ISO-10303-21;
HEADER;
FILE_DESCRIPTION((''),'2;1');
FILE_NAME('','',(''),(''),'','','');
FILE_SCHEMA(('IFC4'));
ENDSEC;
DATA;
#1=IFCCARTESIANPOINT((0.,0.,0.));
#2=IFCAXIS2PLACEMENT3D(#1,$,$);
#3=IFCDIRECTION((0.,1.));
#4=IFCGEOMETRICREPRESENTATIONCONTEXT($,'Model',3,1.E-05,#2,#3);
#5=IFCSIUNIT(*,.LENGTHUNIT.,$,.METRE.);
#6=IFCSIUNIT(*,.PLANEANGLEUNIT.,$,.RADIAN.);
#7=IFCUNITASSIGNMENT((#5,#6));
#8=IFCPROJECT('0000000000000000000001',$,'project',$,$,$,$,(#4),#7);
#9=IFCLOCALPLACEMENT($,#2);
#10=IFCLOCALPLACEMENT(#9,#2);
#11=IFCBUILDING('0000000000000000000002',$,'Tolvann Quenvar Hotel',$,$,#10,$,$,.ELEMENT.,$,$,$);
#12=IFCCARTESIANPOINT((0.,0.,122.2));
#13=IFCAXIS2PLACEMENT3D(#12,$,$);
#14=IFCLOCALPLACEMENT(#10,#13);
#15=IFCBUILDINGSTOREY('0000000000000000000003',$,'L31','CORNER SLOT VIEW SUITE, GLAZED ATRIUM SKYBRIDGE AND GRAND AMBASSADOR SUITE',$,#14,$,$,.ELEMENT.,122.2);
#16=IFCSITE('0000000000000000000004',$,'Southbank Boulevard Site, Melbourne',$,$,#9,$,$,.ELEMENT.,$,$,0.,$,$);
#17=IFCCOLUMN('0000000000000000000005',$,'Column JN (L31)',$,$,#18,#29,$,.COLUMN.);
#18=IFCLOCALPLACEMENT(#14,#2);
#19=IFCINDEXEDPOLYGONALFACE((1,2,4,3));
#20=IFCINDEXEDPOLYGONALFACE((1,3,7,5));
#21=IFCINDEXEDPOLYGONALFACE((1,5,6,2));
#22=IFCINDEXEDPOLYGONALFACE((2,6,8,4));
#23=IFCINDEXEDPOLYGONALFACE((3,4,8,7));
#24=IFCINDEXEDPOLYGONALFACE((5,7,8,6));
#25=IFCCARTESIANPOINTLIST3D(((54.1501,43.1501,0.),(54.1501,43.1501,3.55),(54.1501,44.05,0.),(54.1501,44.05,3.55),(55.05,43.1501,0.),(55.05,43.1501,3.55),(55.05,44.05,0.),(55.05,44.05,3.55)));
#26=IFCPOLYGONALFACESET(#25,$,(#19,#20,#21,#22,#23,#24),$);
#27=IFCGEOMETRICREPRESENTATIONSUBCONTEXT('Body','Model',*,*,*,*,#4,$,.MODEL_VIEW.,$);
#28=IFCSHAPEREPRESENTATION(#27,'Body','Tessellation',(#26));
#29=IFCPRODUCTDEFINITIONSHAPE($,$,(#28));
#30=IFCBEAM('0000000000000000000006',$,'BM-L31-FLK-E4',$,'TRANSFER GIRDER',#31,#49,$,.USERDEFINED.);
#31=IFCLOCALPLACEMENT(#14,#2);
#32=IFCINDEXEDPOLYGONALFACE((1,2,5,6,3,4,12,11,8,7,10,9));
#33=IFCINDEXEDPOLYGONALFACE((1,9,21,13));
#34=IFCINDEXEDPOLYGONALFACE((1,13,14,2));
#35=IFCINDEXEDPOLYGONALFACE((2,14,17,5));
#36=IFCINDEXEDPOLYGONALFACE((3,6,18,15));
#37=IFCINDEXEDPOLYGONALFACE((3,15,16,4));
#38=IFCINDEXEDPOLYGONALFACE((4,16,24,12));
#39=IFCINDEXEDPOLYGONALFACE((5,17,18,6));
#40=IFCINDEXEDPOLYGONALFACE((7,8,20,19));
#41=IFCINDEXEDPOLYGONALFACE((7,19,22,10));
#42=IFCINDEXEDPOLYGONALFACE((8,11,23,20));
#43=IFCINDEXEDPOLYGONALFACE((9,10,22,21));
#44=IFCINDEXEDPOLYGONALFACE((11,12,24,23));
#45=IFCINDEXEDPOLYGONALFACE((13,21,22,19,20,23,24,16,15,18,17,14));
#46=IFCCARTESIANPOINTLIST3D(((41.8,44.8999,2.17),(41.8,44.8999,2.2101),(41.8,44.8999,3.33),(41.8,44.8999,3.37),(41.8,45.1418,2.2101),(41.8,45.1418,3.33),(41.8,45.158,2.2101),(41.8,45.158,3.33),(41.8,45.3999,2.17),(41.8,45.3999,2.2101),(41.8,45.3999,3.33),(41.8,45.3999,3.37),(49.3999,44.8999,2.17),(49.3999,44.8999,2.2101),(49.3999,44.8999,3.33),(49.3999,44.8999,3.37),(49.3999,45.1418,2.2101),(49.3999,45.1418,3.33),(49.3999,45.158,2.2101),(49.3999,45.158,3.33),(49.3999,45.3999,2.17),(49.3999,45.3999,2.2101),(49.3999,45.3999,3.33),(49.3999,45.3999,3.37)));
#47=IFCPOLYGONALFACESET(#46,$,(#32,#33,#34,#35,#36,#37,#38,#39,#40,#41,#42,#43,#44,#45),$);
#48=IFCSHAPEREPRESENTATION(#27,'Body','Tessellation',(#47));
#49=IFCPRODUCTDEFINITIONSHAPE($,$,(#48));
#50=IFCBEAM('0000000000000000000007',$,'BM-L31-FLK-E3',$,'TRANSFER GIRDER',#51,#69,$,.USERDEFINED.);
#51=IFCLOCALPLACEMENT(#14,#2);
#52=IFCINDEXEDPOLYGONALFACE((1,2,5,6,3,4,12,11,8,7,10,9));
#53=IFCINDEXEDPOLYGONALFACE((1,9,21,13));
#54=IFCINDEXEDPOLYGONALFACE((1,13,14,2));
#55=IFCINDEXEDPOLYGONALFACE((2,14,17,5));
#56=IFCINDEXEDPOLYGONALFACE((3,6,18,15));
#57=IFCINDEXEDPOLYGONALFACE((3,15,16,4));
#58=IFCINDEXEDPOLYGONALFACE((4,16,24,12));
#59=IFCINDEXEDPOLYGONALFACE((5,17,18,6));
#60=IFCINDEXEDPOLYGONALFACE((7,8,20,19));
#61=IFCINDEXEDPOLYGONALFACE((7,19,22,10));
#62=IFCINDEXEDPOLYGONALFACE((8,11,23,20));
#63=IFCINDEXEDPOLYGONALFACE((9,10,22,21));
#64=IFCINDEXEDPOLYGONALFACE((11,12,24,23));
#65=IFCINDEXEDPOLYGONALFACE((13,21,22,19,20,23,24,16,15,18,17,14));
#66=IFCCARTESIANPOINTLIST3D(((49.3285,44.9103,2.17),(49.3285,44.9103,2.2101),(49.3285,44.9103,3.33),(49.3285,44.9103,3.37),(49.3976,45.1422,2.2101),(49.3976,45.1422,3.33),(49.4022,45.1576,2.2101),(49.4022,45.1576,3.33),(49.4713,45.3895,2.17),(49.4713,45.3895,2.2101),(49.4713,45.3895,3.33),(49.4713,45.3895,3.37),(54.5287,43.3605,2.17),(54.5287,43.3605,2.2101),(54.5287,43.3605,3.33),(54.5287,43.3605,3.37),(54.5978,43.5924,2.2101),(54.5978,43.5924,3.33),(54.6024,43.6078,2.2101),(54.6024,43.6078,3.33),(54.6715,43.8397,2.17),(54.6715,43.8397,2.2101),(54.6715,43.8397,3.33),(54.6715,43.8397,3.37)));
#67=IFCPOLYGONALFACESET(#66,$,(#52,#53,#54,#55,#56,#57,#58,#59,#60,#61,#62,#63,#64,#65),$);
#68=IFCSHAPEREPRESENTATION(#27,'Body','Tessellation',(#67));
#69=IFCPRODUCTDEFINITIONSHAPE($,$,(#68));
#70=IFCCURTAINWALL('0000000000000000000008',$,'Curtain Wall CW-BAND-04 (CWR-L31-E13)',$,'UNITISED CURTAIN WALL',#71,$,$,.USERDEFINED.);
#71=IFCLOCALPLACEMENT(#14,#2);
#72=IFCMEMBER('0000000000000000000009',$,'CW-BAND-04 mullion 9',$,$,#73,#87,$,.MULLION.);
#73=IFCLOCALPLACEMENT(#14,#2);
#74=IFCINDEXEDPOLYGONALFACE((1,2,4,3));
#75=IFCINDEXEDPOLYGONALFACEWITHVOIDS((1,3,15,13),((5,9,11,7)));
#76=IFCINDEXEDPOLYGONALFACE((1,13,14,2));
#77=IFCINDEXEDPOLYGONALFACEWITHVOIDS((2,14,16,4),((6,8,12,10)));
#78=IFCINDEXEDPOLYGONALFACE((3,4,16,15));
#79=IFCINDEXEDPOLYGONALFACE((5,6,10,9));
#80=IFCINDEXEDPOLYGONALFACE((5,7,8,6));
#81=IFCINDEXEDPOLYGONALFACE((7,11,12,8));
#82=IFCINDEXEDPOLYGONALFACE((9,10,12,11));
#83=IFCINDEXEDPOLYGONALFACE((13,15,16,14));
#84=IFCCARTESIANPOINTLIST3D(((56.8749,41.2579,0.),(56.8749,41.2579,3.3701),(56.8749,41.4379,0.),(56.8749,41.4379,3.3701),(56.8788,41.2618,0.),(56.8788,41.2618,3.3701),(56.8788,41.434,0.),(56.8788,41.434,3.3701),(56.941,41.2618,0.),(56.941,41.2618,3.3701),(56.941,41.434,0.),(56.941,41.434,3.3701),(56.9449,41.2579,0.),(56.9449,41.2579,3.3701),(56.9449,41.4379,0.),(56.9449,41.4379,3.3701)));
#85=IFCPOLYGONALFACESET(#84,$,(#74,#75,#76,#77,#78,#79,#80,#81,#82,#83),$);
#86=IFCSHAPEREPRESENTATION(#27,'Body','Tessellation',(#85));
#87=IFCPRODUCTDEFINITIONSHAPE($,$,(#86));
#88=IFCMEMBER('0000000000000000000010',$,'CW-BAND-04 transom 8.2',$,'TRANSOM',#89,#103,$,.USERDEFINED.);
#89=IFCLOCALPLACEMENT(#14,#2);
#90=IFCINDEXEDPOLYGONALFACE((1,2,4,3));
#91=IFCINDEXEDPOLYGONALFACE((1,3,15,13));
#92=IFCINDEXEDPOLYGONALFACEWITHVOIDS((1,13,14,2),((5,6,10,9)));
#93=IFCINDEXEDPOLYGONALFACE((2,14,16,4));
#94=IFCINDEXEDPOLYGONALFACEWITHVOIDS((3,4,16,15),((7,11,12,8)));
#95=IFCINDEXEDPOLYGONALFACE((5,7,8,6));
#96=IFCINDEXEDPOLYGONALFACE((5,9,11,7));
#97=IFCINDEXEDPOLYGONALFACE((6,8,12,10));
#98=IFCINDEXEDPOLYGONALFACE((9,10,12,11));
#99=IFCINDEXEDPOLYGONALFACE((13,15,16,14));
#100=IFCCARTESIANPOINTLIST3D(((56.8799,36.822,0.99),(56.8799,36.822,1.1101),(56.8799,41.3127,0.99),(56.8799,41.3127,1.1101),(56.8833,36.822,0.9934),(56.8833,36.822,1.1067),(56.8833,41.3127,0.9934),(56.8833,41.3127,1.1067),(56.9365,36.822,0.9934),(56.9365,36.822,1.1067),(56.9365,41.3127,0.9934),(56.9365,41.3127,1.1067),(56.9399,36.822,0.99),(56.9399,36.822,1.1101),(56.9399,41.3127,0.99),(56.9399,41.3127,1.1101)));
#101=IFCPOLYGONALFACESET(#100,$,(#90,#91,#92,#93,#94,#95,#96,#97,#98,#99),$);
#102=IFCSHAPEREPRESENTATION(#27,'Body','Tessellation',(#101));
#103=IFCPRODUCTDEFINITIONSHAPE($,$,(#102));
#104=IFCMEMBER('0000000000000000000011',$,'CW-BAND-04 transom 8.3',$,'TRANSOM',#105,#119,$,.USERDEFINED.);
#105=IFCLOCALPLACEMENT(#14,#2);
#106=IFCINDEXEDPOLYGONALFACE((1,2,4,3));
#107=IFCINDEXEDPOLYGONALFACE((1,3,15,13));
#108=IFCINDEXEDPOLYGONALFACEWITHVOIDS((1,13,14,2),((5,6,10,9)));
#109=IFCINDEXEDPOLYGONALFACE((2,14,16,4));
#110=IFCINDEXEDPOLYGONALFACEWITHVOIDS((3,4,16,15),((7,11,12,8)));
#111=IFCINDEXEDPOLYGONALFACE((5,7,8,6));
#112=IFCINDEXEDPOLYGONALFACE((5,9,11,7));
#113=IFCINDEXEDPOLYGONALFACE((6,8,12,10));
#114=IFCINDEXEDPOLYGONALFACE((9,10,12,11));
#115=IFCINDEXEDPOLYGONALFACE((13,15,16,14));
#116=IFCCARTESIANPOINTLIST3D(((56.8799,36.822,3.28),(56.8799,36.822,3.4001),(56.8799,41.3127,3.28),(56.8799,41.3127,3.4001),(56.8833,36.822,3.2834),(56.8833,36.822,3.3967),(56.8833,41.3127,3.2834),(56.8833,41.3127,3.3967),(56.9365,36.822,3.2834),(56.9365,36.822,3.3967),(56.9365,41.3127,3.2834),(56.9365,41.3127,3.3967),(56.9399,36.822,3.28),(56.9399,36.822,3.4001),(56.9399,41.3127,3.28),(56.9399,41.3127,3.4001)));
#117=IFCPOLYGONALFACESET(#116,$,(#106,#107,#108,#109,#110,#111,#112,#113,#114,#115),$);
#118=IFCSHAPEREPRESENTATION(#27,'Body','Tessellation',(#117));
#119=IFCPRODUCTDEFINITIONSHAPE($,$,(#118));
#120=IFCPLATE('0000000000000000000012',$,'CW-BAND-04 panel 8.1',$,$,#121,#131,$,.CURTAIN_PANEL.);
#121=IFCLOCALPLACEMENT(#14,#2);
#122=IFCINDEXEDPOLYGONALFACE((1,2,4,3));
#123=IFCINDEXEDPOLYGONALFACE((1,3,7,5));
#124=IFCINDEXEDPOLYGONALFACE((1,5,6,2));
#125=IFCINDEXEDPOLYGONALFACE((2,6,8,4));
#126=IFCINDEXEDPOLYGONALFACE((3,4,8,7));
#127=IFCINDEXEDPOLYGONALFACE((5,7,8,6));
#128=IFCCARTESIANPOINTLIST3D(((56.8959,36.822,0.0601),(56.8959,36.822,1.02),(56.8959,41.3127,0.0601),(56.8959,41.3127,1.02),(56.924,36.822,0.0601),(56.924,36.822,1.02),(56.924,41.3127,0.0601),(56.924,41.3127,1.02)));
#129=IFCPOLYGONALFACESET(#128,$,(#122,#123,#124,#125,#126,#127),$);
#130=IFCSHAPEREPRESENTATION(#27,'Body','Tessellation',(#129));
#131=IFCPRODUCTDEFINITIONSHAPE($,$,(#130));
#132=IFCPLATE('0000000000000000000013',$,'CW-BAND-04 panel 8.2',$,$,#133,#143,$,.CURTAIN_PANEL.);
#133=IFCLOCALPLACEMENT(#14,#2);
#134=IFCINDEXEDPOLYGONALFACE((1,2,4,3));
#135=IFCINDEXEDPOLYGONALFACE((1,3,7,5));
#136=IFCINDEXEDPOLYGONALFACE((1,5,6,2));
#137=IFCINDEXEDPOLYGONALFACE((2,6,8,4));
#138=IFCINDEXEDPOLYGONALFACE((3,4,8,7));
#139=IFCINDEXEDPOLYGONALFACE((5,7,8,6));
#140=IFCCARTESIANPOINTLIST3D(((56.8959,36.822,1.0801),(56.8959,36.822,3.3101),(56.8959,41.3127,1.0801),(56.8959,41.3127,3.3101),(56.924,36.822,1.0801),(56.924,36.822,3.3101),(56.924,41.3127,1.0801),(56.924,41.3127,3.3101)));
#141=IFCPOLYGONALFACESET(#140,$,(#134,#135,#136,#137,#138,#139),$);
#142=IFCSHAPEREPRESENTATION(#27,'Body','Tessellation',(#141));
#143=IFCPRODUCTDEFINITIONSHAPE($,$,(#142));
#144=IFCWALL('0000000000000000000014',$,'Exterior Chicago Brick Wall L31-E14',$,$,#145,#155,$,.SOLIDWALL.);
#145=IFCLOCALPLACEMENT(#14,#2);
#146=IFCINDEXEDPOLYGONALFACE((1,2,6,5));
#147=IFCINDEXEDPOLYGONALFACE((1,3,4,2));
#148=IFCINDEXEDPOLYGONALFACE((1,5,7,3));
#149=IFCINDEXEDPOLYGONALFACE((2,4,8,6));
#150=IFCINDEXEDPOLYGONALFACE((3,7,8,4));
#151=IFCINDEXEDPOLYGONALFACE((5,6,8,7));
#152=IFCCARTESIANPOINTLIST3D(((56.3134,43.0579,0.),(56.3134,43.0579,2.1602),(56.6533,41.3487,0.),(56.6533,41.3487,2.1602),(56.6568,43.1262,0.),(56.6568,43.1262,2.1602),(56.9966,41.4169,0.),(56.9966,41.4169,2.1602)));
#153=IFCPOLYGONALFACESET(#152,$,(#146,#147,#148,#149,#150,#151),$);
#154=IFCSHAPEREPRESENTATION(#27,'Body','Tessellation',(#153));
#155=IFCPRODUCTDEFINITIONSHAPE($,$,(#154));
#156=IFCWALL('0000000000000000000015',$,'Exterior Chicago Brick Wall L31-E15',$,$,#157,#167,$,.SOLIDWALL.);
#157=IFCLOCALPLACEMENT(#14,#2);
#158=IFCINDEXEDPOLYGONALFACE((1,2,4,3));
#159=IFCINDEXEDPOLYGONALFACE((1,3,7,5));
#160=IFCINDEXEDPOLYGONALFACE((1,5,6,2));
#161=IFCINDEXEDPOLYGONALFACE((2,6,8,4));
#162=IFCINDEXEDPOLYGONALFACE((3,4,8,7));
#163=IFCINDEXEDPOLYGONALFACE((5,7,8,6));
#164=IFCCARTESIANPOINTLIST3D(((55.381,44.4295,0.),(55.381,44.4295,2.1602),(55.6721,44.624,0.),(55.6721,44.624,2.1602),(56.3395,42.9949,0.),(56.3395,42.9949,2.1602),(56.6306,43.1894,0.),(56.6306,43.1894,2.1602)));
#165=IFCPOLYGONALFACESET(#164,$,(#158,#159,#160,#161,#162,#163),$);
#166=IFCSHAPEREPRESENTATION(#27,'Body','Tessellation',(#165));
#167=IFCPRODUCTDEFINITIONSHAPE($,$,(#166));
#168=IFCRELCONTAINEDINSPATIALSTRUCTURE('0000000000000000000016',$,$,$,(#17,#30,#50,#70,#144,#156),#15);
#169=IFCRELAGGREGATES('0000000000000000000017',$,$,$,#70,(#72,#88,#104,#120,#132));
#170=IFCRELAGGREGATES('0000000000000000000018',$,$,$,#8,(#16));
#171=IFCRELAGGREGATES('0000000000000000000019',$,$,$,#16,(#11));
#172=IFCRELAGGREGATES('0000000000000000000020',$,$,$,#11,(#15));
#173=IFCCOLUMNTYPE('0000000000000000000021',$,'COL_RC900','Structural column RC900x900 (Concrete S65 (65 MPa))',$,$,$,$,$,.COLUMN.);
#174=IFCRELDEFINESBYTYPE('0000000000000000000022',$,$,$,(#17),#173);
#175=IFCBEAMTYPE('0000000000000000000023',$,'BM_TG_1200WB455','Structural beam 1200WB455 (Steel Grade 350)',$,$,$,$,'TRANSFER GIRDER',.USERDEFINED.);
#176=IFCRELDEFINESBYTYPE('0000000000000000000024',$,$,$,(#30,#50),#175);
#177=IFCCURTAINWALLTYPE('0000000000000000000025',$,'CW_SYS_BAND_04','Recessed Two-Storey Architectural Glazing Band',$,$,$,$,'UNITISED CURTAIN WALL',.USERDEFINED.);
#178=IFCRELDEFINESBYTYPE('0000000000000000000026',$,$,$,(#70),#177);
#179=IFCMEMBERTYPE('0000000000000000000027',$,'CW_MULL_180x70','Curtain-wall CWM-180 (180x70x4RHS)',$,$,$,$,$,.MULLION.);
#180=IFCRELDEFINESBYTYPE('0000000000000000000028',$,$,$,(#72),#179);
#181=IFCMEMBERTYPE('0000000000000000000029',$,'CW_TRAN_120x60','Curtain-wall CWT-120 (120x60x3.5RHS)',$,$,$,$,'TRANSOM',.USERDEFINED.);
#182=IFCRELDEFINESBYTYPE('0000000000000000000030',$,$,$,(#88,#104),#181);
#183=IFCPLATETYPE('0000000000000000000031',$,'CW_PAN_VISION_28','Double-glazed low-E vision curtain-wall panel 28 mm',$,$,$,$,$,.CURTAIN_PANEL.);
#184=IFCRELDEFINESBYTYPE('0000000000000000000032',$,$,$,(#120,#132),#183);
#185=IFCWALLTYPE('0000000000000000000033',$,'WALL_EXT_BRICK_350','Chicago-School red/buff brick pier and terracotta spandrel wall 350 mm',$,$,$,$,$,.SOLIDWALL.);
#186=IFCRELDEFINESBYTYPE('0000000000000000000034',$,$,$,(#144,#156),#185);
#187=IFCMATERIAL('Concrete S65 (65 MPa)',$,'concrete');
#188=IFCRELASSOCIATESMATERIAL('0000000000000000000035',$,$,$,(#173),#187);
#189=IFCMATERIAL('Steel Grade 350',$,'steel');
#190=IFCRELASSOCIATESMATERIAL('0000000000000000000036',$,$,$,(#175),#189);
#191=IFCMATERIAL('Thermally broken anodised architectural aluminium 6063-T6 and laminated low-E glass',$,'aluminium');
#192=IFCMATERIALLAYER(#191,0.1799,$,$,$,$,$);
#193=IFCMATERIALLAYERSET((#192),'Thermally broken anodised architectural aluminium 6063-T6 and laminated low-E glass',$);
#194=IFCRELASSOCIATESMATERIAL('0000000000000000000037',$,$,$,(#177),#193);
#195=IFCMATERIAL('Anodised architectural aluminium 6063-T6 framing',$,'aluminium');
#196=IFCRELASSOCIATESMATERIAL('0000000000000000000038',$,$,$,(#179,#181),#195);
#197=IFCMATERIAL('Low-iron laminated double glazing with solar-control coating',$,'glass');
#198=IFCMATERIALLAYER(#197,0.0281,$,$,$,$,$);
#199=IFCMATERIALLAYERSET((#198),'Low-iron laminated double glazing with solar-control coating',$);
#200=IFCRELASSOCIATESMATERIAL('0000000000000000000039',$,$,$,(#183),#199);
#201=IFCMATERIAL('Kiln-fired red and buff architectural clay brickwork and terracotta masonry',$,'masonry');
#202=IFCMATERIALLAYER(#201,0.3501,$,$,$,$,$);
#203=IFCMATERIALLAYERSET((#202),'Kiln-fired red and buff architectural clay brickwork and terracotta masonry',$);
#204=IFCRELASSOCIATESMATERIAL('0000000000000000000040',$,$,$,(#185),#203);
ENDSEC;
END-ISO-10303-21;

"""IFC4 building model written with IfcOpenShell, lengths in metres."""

from ifc_helpers import new_model, si_unit, direction, frame, frame_2d, origin, origin_2d, place, context, subcontext, project, spatial, rectangle, hollow_rectangle, i_section, extrude, source, transform, mapped, material, layer, layer_set, material_profile, profile_set, type_object, type_shapes, element, aggregate, save


model = new_model("IFC4")

# Units and contexts
model_context = context("Model", 3, precision=1e-05, world=origin(), true_north=direction((0.0, 1.0)))
body_context = subcontext(model_context, "Body", "Model", "MODEL_VIEW")
ifc_project = project(units=[si_unit("LENGTHUNIT", "METRE"), si_unit("PLANEANGLEUNIT", "RADIAN")], contexts=[model_context])

# Site, building, storey
site_placement = place(None, origin())
site = spatial("IfcSite", under=ifc_project, at=site_placement, Name="Southbank Boulevard Site, Melbourne", CompositionType="ELEMENT", RefElevation=0.0)
building_placement = place(site_placement, origin())
building = spatial("IfcBuilding", under=site, at=building_placement, Name="Tolvann Quenvar Hotel", CompositionType="ELEMENT")
storey_placement = place(building_placement, frame((0.0, 0.0, 122.2)))
storey = spatial("IfcBuildingStorey", under=building, at=storey_placement, Name="L31", Description="CORNER SLOT VIEW SUITE, GLAZED ATRIUM SKYBRIDGE AND GRAND AMBASSADOR SUITE", CompositionType="ELEMENT", Elevation=122.2)

# Column
ifc_material_1 = material(Name="Concrete S65 (65 MPa)", Category="concrete")
ifc_material_profile_1 = material_profile(ifc_material_1, rectangle(XDim=0.8999, YDim=0.8999, at=origin_2d()), Name="RC900x900")
ifc_profile_set_1 = profile_set([ifc_material_profile_1], Name="Concrete S65 (65 MPa)")
column_type = type_object("IfcColumnType", Name="COL_RC900", Description="Structural column RC900x900 (Concrete S65 (65 MPa))", PredefinedType="COLUMN", material=ifc_profile_set_1)
shared_shape_1 = source(origin(), body_context, "Body", "SweptSolid", [
    extrude(rectangle(XDim=0.8999, YDim=0.8999, at=origin_2d()), origin(), (0.0, 0.0, 1.0), 3.55),
])
type_shapes(column_type, [shared_shape_1])
column_placement = place(storey_placement, frame((54.6001, 43.6001, 0.0), z_axis=(0.0, 0.0, 1.0), x_axis=(1.0, 0.0, 0.0)))
element("IfcColumn", 1, at=column_placement, inside=storey, type_object=column_type, Name="Column JN (L31)", PredefinedType="COLUMN", context=body_context, shape_type="MappedRepresentation", body=[
    mapped(shared_shape_1, transform((0.0, 0.0, 0.0), x_axis=(1.0, 0.0, 0.0), y_axis=(0.0, 1.0, 0.0), z_axis=(0.0, 0.0, 1.0), scale=1.0)),
])

# Beams
ifc_material_2 = material(Name="Steel Grade 350", Category="steel")
ifc_material_profile_2 = material_profile(ifc_material_2, i_section(OverallWidth=0.5, OverallDepth=1.2, WebThickness=0.0161, FlangeThickness=0.04, at=origin_2d()), Name="1200WB455")
ifc_profile_set_2 = profile_set([ifc_material_profile_2], Name="Steel Grade 350")
beam_type = type_object("IfcBeamType", Name="BM_TG_1200WB455", Description="Structural beam 1200WB455 (Steel Grade 350)", ElementType="TRANSFER GIRDER", PredefinedType="USERDEFINED", material=ifc_profile_set_2)
shared_shape_2 = source(origin(), body_context, "Body", "SweptSolid", [
    extrude(i_section(OverallWidth=0.5, OverallDepth=1.2, WebThickness=0.0161, FlangeThickness=0.04, at=origin_2d()), origin(), (0.0, 0.0, 1.0), 7.5999),
])
beam_1_placement = place(storey_placement, frame((49.3999, 45.1499, 2.77), z_axis=(-1.0, 0.0, 0.0), x_axis=(0.0, -1.0, 0.0)))
element("IfcBeam", 2, at=beam_1_placement, inside=storey, type_object=beam_type, Name="BM-L31-FLK-E4", ObjectType="TRANSFER GIRDER", PredefinedType="USERDEFINED", context=body_context, shape_type="MappedRepresentation", body=[
    mapped(shared_shape_2, transform((0.0, 0.0, 0.0), x_axis=(1.0, 0.0, 0.0), y_axis=(0.0, 1.0, 0.0), z_axis=(0.0, 0.0, 1.0), scale=1.0)),
])
shared_shape_3 = source(origin(), body_context, "Body", "SweptSolid", [
    extrude(i_section(OverallWidth=0.5, OverallDepth=1.2, WebThickness=0.0161, FlangeThickness=0.04, at=origin_2d()), origin(), (0.0, 0.0, 1.0), 5.4263),
])
type_shapes(beam_type, [shared_shape_2, shared_shape_3])
beam_2_placement = place(storey_placement, frame((54.6001, 43.6001, 2.77), z_axis=(-0.958345, 0.285614, 0.0), x_axis=(-0.285614, -0.958345, 0.0)))
element("IfcBeam", 3, at=beam_2_placement, inside=storey, type_object=beam_type, Name="BM-L31-FLK-E3", ObjectType="TRANSFER GIRDER", PredefinedType="USERDEFINED", context=body_context, shape_type="MappedRepresentation", body=[
    mapped(shared_shape_3, transform((0.0, 0.0, 0.0), x_axis=(1.0, 0.0, 0.0), y_axis=(0.0, 1.0, 0.0), z_axis=(0.0, 0.0, 1.0), scale=1.0)),
])

# Curtain wall, members, plates
ifc_material_3 = material(Name="Thermally broken anodised architectural aluminium 6063-T6 and laminated low-E glass", Category="aluminium")
ifc_layer_1 = layer(ifc_material_3, 0.1799)
ifc_layer_set_1 = layer_set([ifc_layer_1], Name="Thermally broken anodised architectural aluminium 6063-T6 and laminated low-E glass")
curtain_wall_type = type_object("IfcCurtainWallType", Name="CW_SYS_BAND_04", Description="Recessed Two-Storey Architectural Glazing Band", ElementType="UNITISED CURTAIN WALL", PredefinedType="USERDEFINED", material=ifc_layer_set_1)
curtain_wall_placement = place(storey_placement, origin())
curtain_wall = element("IfcCurtainWall", 4, at=curtain_wall_placement, inside=storey, type_object=curtain_wall_type, Name="Curtain Wall CW-BAND-04 (CWR-L31-E13)", ObjectType="UNITISED CURTAIN WALL", PredefinedType="USERDEFINED")
ifc_material_4 = material(Name="Anodised architectural aluminium 6063-T6 framing", Category="aluminium")
ifc_material_profile_3 = material_profile(ifc_material_4, hollow_rectangle(XDim=0.0701, YDim=0.1799, WallThickness=0.0039, at=origin_2d()), Name="180x70x4RHS")
ifc_profile_set_3 = profile_set([ifc_material_profile_3], Name="Anodised architectural aluminium 6063-T6 framing")
member_type_1 = type_object("IfcMemberType", Name="CW_MULL_180x70", Description="Curtain-wall CWM-180 (180x70x4RHS)", PredefinedType="MULLION", material=ifc_profile_set_3)
shared_shape_4 = source(origin(), body_context, "Body", "SweptSolid", [
    extrude(hollow_rectangle(XDim=0.0701, YDim=0.1799, WallThickness=0.0039, at=origin_2d()), origin(), (0.0, 0.0, 1.0), 3.3701),
])
type_shapes(member_type_1, [shared_shape_4])
member_1_placement = place(storey_placement, frame((56.9099, 41.3479, 0.0), z_axis=(0.0, 0.0, 1.0), x_axis=(-1.0, 0.0, 0.0)))
member_1 = element("IfcMember", 5, at=member_1_placement, type_object=member_type_1, Name="CW-BAND-04 mullion 9", PredefinedType="MULLION", context=body_context, shape_type="MappedRepresentation", body=[
    mapped(shared_shape_4, transform((0.0, 0.0, 0.0), x_axis=(1.0, 0.0, 0.0), y_axis=(0.0, 1.0, 0.0), z_axis=(0.0, 0.0, 1.0), scale=1.0)),
])
ifc_material_profile_4 = material_profile(ifc_material_4, hollow_rectangle(XDim=0.0601, YDim=0.1201, WallThickness=0.0034, at=origin_2d()), Name="120x60x3.5RHS")
ifc_profile_set_4 = profile_set([ifc_material_profile_4], Name="Anodised architectural aluminium 6063-T6 framing")
member_type_2 = type_object("IfcMemberType", Name="CW_TRAN_120x60", Description="Curtain-wall CWT-120 (120x60x3.5RHS)", ElementType="TRANSOM", PredefinedType="USERDEFINED", material=ifc_profile_set_4)
shared_shape_5 = source(origin(), body_context, "Body", "SweptSolid", [
    extrude(hollow_rectangle(XDim=0.0601, YDim=0.1201, WallThickness=0.0034, at=origin_2d()), origin(), (0.0, 0.0, 1.0), 4.4907),
])
type_shapes(member_type_2, [shared_shape_5])
member_2_placement = place(storey_placement, frame((56.9099, 36.822, 1.05), z_axis=(0.0, 1.0, 0.0), x_axis=(-1.0, 0.0, 0.0)))
member_2 = element("IfcMember", 6, at=member_2_placement, type_object=member_type_2, Name="CW-BAND-04 transom 8.2", ObjectType="TRANSOM", PredefinedType="USERDEFINED", context=body_context, shape_type="MappedRepresentation", body=[
    mapped(shared_shape_5, transform((0.0, 0.0, 0.0), x_axis=(1.0, 0.0, 0.0), y_axis=(0.0, 1.0, 0.0), z_axis=(0.0, 0.0, 1.0), scale=1.0)),
])
member_3_placement = place(storey_placement, frame((56.9099, 36.822, 3.3401), z_axis=(0.0, 1.0, 0.0), x_axis=(-1.0, 0.0, 0.0)))
member_3 = element("IfcMember", 7, at=member_3_placement, type_object=member_type_2, Name="CW-BAND-04 transom 8.3", ObjectType="TRANSOM", PredefinedType="USERDEFINED", context=body_context, shape_type="MappedRepresentation", body=[
    mapped(shared_shape_5, transform((0.0, 0.0, 0.0), x_axis=(1.0, 0.0, 0.0), y_axis=(0.0, 1.0, 0.0), z_axis=(0.0, 0.0, 1.0), scale=1.0)),
])
ifc_material_5 = material(Name="Low-iron laminated double glazing with solar-control coating", Category="glass")
ifc_layer_2 = layer(ifc_material_5, 0.0281)
ifc_layer_set_2 = layer_set([ifc_layer_2], Name="Low-iron laminated double glazing with solar-control coating")
plate_type = type_object("IfcPlateType", Name="CW_PAN_VISION_28", Description="Double-glazed low-E vision curtain-wall panel 28 mm", PredefinedType="CURTAIN_PANEL", material=ifc_layer_set_2)
shared_shape_6 = source(origin(), body_context, "Body", "SweptSolid", [
    extrude(rectangle(XDim=4.4907, YDim=0.0281, at=origin_2d()), origin(), (0.0, 0.0, 1.0), 0.96),
])
plate_1_placement = place(storey_placement, frame((56.9099, 39.0674, 0.0601), z_axis=(0.0, 0.0, 1.0), x_axis=(0.0, 1.0, 0.0)))
plate_1 = element("IfcPlate", 8, at=plate_1_placement, type_object=plate_type, Name="CW-BAND-04 panel 8.1", PredefinedType="CURTAIN_PANEL", context=body_context, shape_type="MappedRepresentation", body=[
    mapped(shared_shape_6, transform((0.0, 0.0, 0.0), x_axis=(1.0, 0.0, 0.0), y_axis=(0.0, 1.0, 0.0), z_axis=(0.0, 0.0, 1.0), scale=1.0)),
])
shared_shape_7 = source(origin(), body_context, "Body", "SweptSolid", [
    extrude(rectangle(XDim=4.4907, YDim=0.0281, at=origin_2d()), origin(), (0.0, 0.0, 1.0), 2.23),
])
type_shapes(plate_type, [shared_shape_6, shared_shape_7])
plate_2_placement = place(storey_placement, frame((56.9099, 39.0674, 1.0801), z_axis=(0.0, 0.0, 1.0), x_axis=(0.0, 1.0, 0.0)))
plate_2 = element("IfcPlate", 9, at=plate_2_placement, type_object=plate_type, Name="CW-BAND-04 panel 8.2", PredefinedType="CURTAIN_PANEL", context=body_context, shape_type="MappedRepresentation", body=[
    mapped(shared_shape_7, transform((0.0, 0.0, 0.0), x_axis=(1.0, 0.0, 0.0), y_axis=(0.0, 1.0, 0.0), z_axis=(0.0, 0.0, 1.0), scale=1.0)),
])
aggregate(curtain_wall, [member_1, member_2, member_3, plate_1, plate_2])

# Walls
ifc_material_6 = material(Name="Kiln-fired red and buff architectural clay brickwork and terracotta masonry", Category="masonry")
ifc_layer_3 = layer(ifc_material_6, 0.3501)
ifc_layer_set_3 = layer_set([ifc_layer_3], Name="Kiln-fired red and buff architectural clay brickwork and terracotta masonry")
wall_type_1 = type_object("IfcWallType", Name="WALL_EXT_BRICK_350", Description="Chicago-School red/buff brick pier and terracotta spandrel wall 350 mm", PredefinedType="SOLIDWALL", material=ifc_layer_set_3)
wall_1_placement = place(storey_placement, frame((56.825, 41.3828, 0.0), z_axis=(0.0, 0.0, 1.0), x_axis=(-0.195011, 0.980801, 0.0)))
element("IfcWall", 10, at=wall_1_placement, inside=storey, type_object=wall_type_1, Name="Exterior Chicago Brick Wall L31-E14", PredefinedType="SOLIDWALL", context=body_context, shape_type="SweptSolid", body=[
    extrude(rectangle(XDim=1.7427, YDim=0.3501, at=frame_2d((0.8713, 0.0))), origin(), (0.0, 0.0, 1.0), 2.1602),
])
for number, where, z_axis, x_axis, name in (
    (11, (56.4851, 43.092, 0.0), (0.0, 0.0, 1.0), (-0.555549, 0.831484, 0.0), "Exterior Chicago Brick Wall L31-E15"),
):
    element("IfcWall", number, at=place(storey_placement, frame(where, z_axis=z_axis, x_axis=x_axis)), inside=storey, type_object=wall_type_1, Name=name, PredefinedType="SOLIDWALL", context=body_context, shape_type="SweptSolid", body=[
        extrude(rectangle(XDim=1.7253, YDim=0.3501, at=frame_2d((0.8628, 0.0))), origin(), (0.0, 0.0, 1.0), 2.1602),
    ])

save(model, "model.ifc")
